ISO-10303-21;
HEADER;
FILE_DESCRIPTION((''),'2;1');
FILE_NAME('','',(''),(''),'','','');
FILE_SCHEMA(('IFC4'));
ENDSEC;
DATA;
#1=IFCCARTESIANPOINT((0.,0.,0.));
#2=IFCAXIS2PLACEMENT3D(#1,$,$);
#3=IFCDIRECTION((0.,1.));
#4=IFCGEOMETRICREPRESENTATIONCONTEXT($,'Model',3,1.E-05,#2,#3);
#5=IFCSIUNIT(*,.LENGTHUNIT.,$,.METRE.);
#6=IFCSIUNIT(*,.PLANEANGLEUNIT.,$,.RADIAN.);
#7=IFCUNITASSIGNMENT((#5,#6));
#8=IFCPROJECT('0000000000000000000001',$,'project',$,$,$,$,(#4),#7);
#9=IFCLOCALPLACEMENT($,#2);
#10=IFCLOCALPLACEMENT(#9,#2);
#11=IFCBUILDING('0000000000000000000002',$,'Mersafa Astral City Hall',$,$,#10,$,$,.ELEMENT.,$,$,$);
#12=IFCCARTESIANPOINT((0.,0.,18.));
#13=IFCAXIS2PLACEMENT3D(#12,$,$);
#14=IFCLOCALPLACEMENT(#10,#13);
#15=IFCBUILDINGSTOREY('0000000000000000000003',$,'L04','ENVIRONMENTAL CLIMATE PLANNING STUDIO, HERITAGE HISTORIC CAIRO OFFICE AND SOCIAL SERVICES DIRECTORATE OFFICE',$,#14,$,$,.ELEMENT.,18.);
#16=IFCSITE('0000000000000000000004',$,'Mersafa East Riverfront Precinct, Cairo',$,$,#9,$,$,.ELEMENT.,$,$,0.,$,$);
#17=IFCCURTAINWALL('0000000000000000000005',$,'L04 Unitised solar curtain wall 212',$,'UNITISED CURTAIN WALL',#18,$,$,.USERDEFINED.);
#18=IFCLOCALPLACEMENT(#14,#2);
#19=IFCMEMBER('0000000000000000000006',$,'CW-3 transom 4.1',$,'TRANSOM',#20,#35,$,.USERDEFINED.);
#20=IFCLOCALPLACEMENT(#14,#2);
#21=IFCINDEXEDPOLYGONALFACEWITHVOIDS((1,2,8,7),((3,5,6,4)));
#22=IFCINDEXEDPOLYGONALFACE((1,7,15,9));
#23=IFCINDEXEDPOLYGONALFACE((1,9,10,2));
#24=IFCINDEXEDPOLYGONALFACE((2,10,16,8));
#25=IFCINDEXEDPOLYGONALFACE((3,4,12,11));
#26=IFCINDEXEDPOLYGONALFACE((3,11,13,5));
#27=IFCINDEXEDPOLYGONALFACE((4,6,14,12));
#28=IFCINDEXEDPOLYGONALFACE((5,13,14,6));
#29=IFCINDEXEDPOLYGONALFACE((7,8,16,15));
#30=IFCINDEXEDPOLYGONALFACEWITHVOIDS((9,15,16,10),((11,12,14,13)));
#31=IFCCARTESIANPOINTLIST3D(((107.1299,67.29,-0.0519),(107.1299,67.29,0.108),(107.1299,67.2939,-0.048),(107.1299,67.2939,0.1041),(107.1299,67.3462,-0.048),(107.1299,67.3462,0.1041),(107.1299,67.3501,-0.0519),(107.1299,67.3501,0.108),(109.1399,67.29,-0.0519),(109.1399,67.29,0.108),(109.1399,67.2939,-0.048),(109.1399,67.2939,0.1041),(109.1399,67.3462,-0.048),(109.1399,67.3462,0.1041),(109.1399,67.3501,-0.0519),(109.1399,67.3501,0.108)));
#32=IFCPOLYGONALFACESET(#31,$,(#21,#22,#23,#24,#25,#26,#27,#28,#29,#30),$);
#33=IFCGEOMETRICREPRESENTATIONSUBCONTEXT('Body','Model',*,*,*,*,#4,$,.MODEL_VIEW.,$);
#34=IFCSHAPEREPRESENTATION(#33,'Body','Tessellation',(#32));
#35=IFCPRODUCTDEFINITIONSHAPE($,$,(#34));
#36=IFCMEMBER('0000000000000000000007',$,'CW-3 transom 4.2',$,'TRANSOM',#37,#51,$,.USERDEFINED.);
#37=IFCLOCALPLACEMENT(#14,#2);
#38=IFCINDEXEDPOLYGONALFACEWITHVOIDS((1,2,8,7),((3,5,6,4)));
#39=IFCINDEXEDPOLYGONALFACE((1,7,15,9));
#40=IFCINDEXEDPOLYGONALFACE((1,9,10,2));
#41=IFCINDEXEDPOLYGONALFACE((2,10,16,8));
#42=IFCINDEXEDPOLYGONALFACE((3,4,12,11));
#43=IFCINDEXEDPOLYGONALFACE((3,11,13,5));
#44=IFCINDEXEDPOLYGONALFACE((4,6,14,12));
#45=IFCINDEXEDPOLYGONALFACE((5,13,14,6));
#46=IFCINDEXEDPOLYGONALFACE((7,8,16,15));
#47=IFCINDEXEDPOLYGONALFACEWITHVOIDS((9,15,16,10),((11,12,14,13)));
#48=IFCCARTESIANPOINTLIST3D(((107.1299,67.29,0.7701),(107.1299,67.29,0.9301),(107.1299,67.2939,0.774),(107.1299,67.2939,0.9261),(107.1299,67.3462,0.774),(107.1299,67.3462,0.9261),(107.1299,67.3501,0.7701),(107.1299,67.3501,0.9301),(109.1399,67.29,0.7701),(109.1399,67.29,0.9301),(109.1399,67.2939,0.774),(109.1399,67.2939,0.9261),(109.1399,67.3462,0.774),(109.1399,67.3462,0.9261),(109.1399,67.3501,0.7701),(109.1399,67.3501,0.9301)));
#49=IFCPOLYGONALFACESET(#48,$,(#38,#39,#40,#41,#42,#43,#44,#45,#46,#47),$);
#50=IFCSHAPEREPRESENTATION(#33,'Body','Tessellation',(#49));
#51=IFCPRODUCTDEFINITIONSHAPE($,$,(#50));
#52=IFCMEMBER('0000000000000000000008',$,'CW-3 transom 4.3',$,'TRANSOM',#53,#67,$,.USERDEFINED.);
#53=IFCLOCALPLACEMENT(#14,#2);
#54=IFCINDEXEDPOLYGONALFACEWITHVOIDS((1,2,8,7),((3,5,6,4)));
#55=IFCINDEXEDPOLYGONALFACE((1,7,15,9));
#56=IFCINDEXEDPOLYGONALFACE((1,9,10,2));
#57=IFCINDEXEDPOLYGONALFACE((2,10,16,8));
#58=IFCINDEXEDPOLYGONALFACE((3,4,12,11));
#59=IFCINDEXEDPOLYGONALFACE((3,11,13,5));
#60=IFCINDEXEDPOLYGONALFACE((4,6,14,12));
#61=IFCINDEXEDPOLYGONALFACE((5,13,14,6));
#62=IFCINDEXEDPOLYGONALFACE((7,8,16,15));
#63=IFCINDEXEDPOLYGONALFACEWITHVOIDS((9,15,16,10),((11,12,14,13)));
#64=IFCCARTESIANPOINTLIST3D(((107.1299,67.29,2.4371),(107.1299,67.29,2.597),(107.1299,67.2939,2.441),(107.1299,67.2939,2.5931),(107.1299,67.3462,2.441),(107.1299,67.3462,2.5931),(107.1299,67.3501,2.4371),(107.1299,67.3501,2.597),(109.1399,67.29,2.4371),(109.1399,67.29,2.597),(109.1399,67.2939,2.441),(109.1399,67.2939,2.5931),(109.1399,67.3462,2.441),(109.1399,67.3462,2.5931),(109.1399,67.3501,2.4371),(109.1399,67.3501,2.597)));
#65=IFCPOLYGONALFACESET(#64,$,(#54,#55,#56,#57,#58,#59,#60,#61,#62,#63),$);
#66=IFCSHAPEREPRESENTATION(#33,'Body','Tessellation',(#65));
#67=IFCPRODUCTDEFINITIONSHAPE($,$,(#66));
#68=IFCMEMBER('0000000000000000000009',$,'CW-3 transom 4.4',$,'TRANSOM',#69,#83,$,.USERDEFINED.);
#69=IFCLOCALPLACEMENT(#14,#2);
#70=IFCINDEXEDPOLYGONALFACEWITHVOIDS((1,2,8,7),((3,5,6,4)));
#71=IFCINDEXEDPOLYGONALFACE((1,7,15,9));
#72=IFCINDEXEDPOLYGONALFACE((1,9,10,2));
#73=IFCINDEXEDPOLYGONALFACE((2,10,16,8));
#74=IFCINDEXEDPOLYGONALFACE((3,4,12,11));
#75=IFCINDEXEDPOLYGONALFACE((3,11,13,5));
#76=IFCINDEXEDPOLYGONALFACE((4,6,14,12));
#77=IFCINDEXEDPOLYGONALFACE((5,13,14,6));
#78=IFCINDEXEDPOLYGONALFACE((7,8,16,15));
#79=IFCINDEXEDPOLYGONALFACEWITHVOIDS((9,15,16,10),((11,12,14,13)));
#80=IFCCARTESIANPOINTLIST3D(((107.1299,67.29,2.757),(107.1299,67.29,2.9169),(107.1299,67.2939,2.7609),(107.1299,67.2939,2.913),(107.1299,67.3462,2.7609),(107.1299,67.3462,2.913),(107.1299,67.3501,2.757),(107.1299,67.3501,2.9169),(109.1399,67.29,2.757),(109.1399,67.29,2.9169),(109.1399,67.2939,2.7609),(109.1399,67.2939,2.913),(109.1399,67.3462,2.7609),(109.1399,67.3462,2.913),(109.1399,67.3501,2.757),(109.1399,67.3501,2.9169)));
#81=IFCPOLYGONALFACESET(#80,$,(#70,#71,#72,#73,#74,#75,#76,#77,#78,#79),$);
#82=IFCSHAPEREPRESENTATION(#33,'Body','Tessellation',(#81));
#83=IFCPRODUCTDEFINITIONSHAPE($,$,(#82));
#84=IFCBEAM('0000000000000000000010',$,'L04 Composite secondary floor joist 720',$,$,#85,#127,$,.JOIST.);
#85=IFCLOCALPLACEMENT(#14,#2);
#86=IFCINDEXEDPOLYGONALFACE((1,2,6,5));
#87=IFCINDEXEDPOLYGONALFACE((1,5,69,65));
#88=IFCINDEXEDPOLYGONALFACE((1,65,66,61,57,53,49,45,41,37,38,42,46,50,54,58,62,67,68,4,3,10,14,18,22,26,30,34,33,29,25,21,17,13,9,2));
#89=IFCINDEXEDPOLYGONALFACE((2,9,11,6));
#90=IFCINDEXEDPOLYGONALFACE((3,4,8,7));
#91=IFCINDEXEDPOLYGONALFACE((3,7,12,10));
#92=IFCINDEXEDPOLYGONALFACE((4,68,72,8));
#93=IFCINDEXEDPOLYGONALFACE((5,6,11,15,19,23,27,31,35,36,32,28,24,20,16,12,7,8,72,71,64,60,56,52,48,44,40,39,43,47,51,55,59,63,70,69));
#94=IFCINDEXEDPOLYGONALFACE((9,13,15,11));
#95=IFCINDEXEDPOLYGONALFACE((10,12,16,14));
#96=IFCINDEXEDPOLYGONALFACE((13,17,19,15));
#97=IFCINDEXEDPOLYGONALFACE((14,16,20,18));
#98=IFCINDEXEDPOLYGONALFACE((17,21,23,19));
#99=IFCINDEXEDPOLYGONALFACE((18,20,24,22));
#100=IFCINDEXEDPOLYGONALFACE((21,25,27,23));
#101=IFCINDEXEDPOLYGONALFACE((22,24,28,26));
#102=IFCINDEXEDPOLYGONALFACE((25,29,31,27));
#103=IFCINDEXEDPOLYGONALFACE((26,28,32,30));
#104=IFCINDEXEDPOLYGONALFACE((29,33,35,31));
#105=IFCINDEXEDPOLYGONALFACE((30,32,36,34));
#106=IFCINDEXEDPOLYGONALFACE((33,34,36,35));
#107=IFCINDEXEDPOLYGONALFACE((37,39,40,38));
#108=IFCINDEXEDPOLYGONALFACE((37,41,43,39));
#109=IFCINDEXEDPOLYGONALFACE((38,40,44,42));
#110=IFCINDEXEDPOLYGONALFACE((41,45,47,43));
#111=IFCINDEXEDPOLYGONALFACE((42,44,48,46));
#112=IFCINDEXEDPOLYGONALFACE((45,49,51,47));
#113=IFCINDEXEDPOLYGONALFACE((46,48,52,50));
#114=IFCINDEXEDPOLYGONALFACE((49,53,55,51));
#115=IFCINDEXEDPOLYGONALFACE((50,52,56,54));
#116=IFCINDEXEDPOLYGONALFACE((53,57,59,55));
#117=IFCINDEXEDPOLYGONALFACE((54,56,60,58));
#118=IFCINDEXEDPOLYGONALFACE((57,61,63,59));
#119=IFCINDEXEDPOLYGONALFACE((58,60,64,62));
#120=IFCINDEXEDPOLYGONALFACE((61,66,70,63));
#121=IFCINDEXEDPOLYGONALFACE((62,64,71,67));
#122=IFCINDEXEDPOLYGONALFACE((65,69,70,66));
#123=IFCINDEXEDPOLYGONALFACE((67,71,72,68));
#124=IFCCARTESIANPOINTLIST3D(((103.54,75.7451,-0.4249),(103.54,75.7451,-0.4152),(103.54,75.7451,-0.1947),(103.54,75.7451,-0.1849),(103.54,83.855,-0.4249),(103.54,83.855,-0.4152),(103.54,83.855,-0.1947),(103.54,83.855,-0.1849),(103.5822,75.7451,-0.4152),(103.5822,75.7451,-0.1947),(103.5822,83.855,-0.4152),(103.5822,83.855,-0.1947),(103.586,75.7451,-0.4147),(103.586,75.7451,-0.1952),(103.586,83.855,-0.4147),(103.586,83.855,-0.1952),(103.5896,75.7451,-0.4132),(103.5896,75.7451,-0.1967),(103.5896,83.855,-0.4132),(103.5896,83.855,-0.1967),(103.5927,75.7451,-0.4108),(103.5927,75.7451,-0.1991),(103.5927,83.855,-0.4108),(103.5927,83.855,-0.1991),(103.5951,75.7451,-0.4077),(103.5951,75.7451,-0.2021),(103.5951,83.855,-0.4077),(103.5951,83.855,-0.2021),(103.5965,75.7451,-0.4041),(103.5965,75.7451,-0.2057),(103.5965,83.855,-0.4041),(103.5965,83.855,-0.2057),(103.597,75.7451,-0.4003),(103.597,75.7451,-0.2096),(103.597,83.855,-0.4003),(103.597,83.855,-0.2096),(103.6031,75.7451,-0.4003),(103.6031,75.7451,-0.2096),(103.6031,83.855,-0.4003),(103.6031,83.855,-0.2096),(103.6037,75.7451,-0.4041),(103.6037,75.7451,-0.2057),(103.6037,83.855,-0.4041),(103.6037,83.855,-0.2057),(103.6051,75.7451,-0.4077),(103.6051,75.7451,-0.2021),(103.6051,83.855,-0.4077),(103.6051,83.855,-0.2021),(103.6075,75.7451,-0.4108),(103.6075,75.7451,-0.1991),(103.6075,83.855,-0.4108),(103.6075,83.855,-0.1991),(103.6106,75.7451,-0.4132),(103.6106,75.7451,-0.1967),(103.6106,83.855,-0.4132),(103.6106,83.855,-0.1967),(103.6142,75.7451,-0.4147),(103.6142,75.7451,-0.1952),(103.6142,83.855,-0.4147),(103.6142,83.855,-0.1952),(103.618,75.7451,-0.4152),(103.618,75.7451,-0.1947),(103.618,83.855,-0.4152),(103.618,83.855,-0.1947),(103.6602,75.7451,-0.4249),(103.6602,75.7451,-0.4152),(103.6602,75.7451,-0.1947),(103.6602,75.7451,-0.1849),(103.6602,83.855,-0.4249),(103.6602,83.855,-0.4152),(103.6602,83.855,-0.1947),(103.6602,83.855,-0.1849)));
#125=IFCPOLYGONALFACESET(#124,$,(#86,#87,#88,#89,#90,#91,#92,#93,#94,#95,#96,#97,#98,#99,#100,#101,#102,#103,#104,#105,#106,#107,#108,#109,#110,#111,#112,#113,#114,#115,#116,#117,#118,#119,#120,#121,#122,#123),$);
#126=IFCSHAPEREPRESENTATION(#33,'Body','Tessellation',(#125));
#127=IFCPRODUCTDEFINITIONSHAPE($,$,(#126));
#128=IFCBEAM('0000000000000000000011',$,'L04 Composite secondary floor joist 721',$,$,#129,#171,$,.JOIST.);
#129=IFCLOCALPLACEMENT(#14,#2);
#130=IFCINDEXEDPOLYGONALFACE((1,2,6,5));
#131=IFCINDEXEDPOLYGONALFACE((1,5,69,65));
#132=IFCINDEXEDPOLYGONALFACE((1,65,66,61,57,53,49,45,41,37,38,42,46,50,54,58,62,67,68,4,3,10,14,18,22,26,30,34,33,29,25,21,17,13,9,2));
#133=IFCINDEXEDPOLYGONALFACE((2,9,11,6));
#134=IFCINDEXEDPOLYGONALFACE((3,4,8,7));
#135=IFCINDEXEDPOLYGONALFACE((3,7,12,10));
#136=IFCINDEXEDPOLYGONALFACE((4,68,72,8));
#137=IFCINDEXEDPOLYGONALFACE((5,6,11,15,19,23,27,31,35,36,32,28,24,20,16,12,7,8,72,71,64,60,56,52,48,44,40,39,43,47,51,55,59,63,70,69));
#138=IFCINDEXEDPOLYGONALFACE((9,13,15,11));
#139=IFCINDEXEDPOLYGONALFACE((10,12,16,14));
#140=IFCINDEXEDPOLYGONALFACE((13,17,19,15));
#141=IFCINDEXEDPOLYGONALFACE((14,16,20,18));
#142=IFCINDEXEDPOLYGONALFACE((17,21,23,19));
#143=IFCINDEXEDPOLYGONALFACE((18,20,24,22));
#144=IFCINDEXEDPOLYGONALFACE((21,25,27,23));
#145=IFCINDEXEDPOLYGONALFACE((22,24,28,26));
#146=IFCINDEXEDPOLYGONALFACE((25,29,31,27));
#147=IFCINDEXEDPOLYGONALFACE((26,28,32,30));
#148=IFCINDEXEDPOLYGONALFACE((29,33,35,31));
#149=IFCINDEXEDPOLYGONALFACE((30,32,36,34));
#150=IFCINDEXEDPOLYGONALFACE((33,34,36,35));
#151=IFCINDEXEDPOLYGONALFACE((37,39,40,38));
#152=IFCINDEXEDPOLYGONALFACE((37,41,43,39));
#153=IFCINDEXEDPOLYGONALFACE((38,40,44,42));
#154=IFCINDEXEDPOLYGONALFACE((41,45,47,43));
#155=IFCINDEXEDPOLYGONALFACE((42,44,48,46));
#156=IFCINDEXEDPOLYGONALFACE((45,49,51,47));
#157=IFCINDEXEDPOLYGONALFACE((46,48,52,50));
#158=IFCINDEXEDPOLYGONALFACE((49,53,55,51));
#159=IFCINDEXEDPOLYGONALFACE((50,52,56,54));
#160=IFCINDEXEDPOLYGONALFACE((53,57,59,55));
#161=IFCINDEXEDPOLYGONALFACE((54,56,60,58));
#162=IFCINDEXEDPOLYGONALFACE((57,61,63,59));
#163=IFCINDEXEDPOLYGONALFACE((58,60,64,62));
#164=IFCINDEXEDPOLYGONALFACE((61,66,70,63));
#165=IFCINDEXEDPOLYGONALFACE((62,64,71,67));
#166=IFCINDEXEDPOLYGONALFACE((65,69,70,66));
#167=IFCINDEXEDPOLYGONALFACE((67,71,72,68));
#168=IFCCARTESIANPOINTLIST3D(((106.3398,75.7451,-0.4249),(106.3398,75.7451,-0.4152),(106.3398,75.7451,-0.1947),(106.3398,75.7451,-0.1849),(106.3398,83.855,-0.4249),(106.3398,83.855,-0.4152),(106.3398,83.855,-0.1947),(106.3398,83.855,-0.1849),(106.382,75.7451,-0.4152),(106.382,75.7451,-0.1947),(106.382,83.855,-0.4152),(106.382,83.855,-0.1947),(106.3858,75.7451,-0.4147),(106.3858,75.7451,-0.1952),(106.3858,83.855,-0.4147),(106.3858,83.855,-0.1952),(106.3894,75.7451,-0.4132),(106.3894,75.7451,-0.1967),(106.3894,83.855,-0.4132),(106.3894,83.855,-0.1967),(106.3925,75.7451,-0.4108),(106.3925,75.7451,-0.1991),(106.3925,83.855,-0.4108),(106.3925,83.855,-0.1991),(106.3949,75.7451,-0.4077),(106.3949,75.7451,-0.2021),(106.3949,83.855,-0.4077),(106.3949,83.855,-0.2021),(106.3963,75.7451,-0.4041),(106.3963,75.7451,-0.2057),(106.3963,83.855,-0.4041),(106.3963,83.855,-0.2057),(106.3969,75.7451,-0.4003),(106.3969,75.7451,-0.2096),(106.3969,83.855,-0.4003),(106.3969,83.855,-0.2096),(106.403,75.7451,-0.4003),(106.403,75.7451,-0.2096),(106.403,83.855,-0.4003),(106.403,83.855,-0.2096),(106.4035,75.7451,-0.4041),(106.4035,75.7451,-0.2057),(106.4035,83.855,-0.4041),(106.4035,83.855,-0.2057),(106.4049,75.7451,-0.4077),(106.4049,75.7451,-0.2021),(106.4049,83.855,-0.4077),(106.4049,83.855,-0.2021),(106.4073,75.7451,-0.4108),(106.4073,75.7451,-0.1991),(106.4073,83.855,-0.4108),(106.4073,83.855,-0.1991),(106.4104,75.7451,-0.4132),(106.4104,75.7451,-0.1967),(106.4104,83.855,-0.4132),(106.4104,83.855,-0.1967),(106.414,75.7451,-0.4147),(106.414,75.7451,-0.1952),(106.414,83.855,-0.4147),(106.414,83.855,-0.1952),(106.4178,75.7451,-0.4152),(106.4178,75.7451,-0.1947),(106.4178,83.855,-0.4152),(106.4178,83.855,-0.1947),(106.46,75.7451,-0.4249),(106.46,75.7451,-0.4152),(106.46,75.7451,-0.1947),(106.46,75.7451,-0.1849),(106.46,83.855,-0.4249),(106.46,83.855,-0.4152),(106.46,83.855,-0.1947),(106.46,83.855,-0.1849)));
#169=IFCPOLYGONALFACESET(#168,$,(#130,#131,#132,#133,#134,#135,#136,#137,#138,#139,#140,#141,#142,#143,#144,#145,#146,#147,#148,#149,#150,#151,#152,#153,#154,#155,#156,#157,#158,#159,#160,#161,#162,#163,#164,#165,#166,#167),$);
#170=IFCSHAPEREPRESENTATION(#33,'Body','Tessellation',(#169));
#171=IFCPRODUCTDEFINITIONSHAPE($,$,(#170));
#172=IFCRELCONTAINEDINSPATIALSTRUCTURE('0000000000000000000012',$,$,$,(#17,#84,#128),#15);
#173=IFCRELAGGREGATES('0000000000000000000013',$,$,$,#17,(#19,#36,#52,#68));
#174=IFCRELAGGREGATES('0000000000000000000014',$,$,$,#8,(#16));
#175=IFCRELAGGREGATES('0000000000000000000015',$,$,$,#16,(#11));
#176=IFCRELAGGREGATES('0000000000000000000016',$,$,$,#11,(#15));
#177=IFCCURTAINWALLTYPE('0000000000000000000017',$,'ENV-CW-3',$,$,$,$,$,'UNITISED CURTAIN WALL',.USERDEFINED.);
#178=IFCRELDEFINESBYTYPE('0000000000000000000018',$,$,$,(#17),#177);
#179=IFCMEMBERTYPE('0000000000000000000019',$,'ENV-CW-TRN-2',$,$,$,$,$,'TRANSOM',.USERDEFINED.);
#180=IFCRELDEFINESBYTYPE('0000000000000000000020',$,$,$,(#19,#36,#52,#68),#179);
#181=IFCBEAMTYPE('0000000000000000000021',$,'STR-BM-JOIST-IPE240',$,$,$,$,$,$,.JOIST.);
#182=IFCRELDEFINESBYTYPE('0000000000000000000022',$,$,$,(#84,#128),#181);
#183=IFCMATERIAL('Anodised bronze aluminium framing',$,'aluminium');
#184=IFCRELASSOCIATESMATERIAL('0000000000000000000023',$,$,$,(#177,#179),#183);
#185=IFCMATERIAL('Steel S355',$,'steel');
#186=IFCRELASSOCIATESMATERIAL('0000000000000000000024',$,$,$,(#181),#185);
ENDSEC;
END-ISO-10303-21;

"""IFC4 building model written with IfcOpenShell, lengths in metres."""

from ifc_helpers import new_model, si_unit, direction, frame, origin, origin_2d, place, context, subcontext, project, spatial, hollow_rectangle, i_section, extrude, material, material_profile, profile_set, type_object, element, aggregate, save


model = new_model("IFC4")

# Units and contexts
model_context = context("Model", 3, precision=1e-05, world=origin(), true_north=direction((0.0, 1.0)))
body_context = subcontext(model_context, "Body", "Model", "MODEL_VIEW")
ifc_project = project(units=[si_unit("LENGTHUNIT", "METRE"), si_unit("PLANEANGLEUNIT", "RADIAN")], contexts=[model_context])

# Site, building, storey
site_placement = place(None, origin())
site = spatial("IfcSite", under=ifc_project, at=site_placement, Name="Mersafa East Riverfront Precinct, Cairo", CompositionType="ELEMENT", RefElevation=0.0)
building_placement = place(site_placement, origin())
building = spatial("IfcBuilding", under=site, at=building_placement, Name="Mersafa Astral City Hall", CompositionType="ELEMENT")
storey_placement = place(building_placement, frame((0.0, 0.0, 18.0)))
storey = spatial("IfcBuildingStorey", under=building, at=storey_placement, Name="L04", Description="ENVIRONMENTAL CLIMATE PLANNING STUDIO, HERITAGE HISTORIC CAIRO OFFICE AND SOCIAL SERVICES DIRECTORATE OFFICE", CompositionType="ELEMENT", Elevation=18.0)

# Curtain wall
ifc_material_1 = material(Name="Anodised bronze aluminium framing", Category="aluminium")
curtain_wall_type_1 = type_object("IfcCurtainWallType", Name="ENV-CW-3", ElementType="UNITISED CURTAIN WALL", PredefinedType="USERDEFINED", material=ifc_material_1)
curtain_wall_1_placement = place(storey_placement, origin())
curtain_wall_1 = element("IfcCurtainWall", 1, at=curtain_wall_1_placement, inside=storey, type_object=curtain_wall_type_1, Name="L04 Unitised solar curtain wall 212", ObjectType="UNITISED CURTAIN WALL", PredefinedType="USERDEFINED")

# Members
ifc_material_profile_1 = material_profile(ifc_material_1, hollow_rectangle(XDim=0.0601, YDim=0.1599, WallThickness=0.0039, at=origin_2d()), Name="RHS 60x160x4")
ifc_profile_set_1 = profile_set([ifc_material_profile_1], Name="Anodised bronze aluminium framing")
member_type_1 = type_object("IfcMemberType", Name="ENV-CW-TRN-2", ElementType="TRANSOM", PredefinedType="USERDEFINED", material=ifc_profile_set_1)
member_1_placement = place(storey_placement, frame((107.1299, 67.3201, 0.0281), z_axis=(1.0, 0.0, 0.0), x_axis=(0.0, 1.0, 0.0)))
member_1 = element("IfcMember", 2, at=member_1_placement, type_object=member_type_1, Name="CW-3 transom 4.1", ObjectType="TRANSOM", PredefinedType="USERDEFINED", context=body_context, shape_type="SweptSolid", body=[
    extrude(hollow_rectangle(XDim=0.0601, YDim=0.1599, WallThickness=0.0039, at=origin_2d()), origin(), (0.0, 0.0, 1.0), 2.01),
])
member_2_placement = place(storey_placement, frame((107.1299, 67.3201, 0.8501), z_axis=(1.0, 0.0, 0.0), x_axis=(0.0, 1.0, 0.0)))
member_2 = element("IfcMember", 3, at=member_2_placement, type_object=member_type_1, Name="CW-3 transom 4.2", ObjectType="TRANSOM", PredefinedType="USERDEFINED", context=body_context, shape_type="SweptSolid", body=[
    extrude(hollow_rectangle(XDim=0.0601, YDim=0.1599, WallThickness=0.0039, at=origin_2d()), origin(), (0.0, 0.0, 1.0), 2.01),
])
member_3_placement = place(storey_placement, frame((107.1299, 67.3201, 2.5171), z_axis=(1.0, 0.0, 0.0), x_axis=(0.0, 1.0, 0.0)))
member_3 = element("IfcMember", 4, at=member_3_placement, type_object=member_type_1, Name="CW-3 transom 4.3", ObjectType="TRANSOM", PredefinedType="USERDEFINED", context=body_context, shape_type="SweptSolid", body=[
    extrude(hollow_rectangle(XDim=0.0601, YDim=0.1599, WallThickness=0.0039, at=origin_2d()), origin(), (0.0, 0.0, 1.0), 2.01),
])
member_4_placement = place(storey_placement, frame((107.1299, 67.3201, 2.8369), z_axis=(1.0, 0.0, 0.0), x_axis=(0.0, 1.0, 0.0)))
member_4 = element("IfcMember", 5, at=member_4_placement, type_object=member_type_1, Name="CW-3 transom 4.4", ObjectType="TRANSOM", PredefinedType="USERDEFINED", context=body_context, shape_type="SweptSolid", body=[
    extrude(hollow_rectangle(XDim=0.0601, YDim=0.1599, WallThickness=0.0039, at=origin_2d()), origin(), (0.0, 0.0, 1.0), 2.01),
])

# Beams
ifc_material_2 = material(Name="Steel S355", Category="steel")
ifc_material_profile_2 = material_profile(ifc_material_2, i_section(OverallWidth=0.1201, OverallDepth=0.24, WebThickness=0.0061, FlangeThickness=0.0098, FilletRadius=0.0149, at=origin_2d()), Name="IPE 240")
ifc_profile_set_2 = profile_set([ifc_material_profile_2], Name="Steel S355")
beam_type_1 = type_object("IfcBeamType", Name="STR-BM-JOIST-IPE240", PredefinedType="JOIST", material=ifc_profile_set_2)
for number, where, z_axis, x_axis, name in (
    (6, (103.6001, 75.7451, -0.3049), (0.0, 1.0, 0.0), (-1.0, 0.0, 0.0), "L04 Composite secondary floor joist 720"),
    (7, (106.3999, 75.7451, -0.3049), (0.0, 1.0, 0.0), (-1.0, 0.0, 0.0), "L04 Composite secondary floor joist 721"),
):
    element("IfcBeam", number, at=place(storey_placement, frame(where, z_axis=z_axis, x_axis=x_axis)), inside=storey, type_object=beam_type_1, Name=name, PredefinedType="JOIST", context=body_context, shape_type="SweptSolid", body=[
        extrude(i_section(OverallWidth=0.1201, OverallDepth=0.24, WebThickness=0.0061, FlangeThickness=0.0098, FilletRadius=0.0149, at=origin_2d()), origin(), (0.0, 0.0, 1.0), 8.1099),
    ])

aggregate(curtain_wall_1, [member_1, member_2, member_3, member_4])

save(model, "model.ifc")
